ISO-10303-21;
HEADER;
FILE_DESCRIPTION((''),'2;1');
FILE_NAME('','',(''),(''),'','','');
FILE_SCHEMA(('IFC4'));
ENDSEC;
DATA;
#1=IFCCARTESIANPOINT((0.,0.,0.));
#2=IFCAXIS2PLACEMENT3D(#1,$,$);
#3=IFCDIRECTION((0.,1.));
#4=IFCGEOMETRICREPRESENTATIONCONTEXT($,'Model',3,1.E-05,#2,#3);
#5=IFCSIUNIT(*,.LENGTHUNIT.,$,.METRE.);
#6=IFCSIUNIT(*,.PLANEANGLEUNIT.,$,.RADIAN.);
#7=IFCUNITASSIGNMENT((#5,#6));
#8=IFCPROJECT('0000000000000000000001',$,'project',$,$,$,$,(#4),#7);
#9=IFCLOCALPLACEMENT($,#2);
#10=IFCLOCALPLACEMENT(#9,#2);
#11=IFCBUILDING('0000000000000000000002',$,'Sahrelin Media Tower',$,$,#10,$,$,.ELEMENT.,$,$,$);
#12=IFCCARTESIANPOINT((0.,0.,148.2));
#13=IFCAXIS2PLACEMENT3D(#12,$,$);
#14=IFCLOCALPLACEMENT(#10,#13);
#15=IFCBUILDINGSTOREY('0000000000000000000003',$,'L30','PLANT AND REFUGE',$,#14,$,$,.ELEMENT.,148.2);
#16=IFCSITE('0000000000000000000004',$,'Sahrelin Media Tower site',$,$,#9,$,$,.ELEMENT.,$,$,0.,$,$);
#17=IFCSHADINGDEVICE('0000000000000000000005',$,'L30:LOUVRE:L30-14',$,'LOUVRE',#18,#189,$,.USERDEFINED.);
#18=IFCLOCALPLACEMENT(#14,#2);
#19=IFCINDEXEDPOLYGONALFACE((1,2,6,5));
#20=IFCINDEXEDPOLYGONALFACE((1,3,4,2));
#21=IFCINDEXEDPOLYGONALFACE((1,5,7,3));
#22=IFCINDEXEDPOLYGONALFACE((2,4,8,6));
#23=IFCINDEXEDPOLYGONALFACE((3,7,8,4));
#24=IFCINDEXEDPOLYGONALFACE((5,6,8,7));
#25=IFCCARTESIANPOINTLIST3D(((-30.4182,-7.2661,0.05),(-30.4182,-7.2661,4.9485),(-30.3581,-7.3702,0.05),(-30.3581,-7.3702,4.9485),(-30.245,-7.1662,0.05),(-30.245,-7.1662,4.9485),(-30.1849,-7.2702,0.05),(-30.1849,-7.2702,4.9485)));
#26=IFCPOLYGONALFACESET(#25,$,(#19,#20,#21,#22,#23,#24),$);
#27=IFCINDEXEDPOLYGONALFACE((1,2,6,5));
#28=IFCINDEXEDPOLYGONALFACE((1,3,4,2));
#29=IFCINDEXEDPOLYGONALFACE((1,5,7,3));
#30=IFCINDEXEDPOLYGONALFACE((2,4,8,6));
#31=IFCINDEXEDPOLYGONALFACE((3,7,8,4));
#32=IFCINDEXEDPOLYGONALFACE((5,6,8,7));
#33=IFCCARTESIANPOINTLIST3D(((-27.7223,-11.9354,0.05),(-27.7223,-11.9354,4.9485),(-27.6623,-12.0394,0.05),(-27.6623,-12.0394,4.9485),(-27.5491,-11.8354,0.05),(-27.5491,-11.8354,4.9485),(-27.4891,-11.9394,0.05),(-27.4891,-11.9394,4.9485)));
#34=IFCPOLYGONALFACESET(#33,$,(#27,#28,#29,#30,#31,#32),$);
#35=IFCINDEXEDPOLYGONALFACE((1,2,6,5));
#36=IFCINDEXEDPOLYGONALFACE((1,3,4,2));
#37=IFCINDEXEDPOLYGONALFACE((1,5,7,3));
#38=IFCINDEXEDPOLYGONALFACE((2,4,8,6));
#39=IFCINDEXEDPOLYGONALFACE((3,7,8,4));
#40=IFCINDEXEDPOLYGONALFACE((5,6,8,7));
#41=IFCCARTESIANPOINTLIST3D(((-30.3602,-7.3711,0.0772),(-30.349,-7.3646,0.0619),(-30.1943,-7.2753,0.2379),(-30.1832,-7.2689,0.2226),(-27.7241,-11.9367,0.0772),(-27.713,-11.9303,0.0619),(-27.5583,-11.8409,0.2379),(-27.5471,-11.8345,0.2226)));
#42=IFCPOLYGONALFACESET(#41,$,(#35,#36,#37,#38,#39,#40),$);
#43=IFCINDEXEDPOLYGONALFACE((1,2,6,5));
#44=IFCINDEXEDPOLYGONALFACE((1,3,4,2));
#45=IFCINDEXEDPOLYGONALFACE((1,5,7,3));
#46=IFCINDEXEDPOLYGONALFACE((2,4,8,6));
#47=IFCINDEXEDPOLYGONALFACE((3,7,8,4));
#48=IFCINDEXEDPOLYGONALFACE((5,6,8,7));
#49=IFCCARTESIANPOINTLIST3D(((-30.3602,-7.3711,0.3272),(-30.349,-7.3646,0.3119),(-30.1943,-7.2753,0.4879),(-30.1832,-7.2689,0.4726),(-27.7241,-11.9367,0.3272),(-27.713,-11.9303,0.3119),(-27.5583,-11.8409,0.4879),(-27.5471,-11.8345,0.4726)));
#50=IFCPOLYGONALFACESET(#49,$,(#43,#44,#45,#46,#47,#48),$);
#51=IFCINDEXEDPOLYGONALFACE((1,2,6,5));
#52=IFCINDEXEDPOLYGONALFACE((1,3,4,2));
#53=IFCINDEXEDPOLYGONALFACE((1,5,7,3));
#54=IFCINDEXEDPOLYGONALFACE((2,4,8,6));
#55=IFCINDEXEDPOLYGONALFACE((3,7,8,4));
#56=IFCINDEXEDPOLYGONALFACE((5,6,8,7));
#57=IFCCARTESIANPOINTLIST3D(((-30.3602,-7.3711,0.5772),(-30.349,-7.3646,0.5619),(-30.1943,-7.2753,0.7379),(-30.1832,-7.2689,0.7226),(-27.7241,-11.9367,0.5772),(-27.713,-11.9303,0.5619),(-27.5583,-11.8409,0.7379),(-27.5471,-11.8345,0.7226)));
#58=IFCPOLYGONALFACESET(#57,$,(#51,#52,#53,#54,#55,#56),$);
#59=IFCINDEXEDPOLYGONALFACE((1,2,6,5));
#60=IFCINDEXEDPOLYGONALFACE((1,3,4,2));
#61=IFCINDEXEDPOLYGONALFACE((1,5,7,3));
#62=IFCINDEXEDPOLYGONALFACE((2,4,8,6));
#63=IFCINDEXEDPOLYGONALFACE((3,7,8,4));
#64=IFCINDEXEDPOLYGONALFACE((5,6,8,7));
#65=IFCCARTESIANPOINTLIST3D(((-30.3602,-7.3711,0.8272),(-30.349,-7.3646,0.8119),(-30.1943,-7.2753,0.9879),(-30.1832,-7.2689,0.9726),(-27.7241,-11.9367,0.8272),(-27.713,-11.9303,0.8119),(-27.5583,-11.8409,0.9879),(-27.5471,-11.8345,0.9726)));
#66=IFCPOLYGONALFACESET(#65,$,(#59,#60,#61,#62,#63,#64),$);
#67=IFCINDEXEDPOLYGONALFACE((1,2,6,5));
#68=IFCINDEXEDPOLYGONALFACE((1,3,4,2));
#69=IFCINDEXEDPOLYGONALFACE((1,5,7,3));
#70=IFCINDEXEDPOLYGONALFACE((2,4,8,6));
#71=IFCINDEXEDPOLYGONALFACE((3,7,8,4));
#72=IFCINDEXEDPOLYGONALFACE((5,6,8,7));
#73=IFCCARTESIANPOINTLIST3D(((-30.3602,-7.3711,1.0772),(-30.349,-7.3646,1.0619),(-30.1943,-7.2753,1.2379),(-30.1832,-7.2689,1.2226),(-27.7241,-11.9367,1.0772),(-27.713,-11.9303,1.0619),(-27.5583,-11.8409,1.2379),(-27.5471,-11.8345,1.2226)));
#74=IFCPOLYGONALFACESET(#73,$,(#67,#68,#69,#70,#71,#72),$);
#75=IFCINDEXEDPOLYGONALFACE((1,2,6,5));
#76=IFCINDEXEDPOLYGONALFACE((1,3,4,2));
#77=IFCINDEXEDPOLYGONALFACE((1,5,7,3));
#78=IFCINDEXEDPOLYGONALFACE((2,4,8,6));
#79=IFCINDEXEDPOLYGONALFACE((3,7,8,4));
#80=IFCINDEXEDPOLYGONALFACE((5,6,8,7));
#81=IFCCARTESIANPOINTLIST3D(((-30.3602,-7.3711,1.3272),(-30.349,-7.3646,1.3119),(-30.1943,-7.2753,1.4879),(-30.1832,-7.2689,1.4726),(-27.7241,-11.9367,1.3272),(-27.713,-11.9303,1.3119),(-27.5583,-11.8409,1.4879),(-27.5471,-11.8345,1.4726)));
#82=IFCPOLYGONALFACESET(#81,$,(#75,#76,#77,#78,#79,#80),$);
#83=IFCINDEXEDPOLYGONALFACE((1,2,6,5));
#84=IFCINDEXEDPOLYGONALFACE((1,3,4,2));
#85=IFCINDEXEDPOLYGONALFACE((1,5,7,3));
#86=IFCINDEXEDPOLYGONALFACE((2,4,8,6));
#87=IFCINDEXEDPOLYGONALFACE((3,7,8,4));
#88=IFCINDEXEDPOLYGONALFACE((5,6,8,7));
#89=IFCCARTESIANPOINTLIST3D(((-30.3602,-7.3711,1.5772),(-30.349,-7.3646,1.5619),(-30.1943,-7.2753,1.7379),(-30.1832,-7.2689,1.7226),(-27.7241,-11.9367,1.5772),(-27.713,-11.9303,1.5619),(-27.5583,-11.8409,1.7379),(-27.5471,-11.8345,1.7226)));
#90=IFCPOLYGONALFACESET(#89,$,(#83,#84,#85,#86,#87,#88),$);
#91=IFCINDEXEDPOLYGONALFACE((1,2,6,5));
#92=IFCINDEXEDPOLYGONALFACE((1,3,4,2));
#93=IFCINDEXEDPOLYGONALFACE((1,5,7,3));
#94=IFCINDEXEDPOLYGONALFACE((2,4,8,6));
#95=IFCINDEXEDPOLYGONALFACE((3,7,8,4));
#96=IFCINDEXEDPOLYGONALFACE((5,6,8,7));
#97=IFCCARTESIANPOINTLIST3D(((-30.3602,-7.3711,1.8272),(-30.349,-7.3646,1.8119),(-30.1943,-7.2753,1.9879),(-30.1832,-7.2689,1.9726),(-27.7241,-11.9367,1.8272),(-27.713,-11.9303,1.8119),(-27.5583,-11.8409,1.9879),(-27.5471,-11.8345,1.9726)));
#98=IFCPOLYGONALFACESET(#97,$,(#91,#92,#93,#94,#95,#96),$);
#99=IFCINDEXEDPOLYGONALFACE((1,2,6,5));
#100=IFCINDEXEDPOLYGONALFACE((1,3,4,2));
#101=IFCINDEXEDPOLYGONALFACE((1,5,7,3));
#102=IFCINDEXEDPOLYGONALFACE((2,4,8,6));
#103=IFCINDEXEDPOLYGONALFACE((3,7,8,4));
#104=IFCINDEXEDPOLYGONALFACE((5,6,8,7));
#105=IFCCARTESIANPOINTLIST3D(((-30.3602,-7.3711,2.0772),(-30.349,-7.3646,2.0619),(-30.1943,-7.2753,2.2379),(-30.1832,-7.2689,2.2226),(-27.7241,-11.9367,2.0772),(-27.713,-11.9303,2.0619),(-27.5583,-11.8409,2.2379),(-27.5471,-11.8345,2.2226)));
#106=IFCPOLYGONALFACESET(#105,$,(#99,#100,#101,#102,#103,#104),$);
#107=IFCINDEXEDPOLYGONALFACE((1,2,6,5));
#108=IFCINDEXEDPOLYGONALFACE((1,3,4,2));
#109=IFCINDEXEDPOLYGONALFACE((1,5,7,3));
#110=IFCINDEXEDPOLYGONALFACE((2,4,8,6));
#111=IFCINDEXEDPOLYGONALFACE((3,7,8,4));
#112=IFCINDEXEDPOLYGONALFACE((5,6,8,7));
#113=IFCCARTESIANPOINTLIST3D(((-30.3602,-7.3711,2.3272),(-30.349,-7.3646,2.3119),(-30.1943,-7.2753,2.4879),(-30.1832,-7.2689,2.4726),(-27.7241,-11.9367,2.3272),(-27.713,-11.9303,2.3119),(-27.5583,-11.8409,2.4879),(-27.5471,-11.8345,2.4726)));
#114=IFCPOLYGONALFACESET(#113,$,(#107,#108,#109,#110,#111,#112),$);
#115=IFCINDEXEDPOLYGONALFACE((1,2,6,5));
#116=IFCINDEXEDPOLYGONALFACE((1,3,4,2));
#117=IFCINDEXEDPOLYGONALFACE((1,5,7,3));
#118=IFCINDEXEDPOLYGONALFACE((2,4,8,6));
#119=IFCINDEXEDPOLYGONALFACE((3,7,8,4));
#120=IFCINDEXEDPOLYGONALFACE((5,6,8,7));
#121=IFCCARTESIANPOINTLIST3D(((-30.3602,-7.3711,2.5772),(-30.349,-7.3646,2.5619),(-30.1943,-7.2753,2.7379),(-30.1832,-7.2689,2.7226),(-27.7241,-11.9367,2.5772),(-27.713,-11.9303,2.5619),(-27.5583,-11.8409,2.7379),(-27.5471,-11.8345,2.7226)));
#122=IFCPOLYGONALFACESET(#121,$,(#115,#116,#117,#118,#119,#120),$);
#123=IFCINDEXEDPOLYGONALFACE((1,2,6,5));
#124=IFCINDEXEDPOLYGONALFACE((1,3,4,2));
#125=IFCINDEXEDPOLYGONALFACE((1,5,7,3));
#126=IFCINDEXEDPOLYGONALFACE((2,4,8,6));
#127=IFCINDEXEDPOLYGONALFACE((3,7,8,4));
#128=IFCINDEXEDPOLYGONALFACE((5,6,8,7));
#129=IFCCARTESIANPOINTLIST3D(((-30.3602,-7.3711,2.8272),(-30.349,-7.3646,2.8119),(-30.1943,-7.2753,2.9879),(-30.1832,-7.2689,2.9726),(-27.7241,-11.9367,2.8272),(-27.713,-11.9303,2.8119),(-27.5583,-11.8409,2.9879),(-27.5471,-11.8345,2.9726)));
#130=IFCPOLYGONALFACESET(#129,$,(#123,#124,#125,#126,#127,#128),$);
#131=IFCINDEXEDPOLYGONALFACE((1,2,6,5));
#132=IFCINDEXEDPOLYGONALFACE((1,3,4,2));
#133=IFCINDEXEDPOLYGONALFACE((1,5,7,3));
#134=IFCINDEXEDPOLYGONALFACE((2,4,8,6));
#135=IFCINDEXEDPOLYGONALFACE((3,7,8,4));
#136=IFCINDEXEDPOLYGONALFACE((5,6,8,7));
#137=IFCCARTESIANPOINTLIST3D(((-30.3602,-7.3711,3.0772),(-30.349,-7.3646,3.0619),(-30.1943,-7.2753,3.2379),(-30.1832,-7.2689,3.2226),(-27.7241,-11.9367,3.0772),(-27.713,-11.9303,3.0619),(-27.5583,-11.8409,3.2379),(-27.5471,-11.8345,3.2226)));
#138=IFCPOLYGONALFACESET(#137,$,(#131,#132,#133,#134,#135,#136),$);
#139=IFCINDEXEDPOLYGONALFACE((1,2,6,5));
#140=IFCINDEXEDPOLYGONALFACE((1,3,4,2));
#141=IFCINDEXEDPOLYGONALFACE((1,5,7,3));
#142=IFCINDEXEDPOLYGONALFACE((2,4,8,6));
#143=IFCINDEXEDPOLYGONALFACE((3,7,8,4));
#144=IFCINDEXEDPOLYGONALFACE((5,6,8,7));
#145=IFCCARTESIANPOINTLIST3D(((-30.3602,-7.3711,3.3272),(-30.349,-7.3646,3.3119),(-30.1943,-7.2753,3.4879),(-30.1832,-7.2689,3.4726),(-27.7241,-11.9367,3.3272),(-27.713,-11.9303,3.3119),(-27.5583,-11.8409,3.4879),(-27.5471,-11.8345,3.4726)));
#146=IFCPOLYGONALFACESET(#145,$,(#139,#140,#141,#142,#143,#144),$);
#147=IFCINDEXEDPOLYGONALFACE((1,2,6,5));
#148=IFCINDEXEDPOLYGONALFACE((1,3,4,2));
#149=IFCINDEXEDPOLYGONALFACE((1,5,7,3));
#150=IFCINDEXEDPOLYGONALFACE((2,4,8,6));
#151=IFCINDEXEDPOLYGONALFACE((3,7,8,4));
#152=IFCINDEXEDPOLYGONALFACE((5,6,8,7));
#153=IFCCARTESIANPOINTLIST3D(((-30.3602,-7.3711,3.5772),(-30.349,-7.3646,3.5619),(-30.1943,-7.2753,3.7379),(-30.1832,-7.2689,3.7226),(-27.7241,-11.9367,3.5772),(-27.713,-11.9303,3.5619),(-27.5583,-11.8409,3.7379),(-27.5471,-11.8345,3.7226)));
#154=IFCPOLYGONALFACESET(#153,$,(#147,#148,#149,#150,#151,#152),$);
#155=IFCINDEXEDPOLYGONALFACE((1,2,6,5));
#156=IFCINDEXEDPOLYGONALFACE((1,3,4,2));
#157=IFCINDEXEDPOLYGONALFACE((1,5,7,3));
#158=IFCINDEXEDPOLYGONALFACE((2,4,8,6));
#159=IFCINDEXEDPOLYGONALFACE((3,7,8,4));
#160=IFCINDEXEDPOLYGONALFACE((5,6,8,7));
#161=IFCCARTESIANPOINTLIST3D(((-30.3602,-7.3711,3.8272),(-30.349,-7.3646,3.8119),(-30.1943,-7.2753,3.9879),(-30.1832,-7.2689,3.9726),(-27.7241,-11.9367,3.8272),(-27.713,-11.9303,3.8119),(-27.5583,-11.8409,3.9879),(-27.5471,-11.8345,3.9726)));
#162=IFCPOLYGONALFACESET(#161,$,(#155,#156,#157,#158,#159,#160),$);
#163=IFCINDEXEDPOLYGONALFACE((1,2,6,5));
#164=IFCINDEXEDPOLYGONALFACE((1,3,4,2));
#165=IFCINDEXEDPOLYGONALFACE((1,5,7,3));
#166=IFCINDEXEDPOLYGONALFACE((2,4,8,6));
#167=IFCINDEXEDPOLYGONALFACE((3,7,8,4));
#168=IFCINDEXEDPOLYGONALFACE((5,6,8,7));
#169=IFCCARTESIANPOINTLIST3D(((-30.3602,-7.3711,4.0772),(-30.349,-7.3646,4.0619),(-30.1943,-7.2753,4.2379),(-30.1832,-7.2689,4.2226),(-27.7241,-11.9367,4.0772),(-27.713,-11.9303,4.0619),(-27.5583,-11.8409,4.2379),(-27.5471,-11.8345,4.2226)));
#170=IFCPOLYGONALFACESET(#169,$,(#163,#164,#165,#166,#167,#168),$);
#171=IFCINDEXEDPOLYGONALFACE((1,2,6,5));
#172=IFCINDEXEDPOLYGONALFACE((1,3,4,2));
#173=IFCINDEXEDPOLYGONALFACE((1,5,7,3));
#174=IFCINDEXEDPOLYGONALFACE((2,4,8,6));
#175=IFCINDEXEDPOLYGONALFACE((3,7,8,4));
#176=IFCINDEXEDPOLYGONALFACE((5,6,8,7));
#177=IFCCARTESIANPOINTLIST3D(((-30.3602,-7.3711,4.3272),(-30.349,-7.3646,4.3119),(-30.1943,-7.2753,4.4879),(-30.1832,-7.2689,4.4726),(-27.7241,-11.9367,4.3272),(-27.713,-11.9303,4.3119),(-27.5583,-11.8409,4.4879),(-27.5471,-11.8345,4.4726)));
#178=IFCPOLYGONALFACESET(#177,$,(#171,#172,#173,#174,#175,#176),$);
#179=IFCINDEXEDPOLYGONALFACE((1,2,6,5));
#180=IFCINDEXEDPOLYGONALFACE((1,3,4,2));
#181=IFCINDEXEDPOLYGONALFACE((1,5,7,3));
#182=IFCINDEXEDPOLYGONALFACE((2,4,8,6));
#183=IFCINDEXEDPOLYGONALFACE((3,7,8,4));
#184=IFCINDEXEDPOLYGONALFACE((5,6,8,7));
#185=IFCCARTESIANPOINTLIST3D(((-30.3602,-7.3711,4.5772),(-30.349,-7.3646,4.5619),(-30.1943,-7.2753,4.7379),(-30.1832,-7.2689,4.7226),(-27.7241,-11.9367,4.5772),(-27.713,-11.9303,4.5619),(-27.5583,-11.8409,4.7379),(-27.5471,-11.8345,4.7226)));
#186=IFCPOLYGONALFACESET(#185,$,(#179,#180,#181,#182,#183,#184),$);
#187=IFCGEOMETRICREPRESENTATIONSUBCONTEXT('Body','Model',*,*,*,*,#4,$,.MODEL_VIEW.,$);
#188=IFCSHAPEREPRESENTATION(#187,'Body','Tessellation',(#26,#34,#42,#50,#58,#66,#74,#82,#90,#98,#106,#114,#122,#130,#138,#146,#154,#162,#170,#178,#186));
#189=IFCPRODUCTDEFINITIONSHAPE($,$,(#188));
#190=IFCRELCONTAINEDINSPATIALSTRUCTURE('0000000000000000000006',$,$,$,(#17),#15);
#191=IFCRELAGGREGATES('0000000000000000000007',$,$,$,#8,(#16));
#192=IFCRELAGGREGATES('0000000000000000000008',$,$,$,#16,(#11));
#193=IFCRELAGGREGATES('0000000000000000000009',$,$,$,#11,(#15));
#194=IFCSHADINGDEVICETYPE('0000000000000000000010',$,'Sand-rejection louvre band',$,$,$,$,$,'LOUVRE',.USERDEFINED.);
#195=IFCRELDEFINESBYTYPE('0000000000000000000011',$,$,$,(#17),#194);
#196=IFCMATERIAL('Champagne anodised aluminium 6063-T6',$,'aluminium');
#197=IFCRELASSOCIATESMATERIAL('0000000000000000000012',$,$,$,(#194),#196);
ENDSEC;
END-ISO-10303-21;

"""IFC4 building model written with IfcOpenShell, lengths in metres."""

from ifc_helpers import new_model, si_unit, direction, frame, origin, origin_2d, place, context, subcontext, project, spatial, rectangle, extrude, material, type_object, element, save


model = new_model("IFC4")

# Units and contexts
model_context = context("Model", 3, precision=1e-05, world=origin(), true_north=direction((0.0, 1.0)))
body_context = subcontext(model_context, "Body", "Model", "MODEL_VIEW")
ifc_project = project(units=[si_unit("LENGTHUNIT", "METRE"), si_unit("PLANEANGLEUNIT", "RADIAN")], contexts=[model_context])

# Site, building, storey
site_placement = place(None, origin())
site = spatial("IfcSite", under=ifc_project, at=site_placement, Name="Sahrelin Media Tower site", CompositionType="ELEMENT", RefElevation=0.0)
building_placement = place(site_placement, origin())
building = spatial("IfcBuilding", under=site, at=building_placement, Name="Sahrelin Media Tower", CompositionType="ELEMENT")
storey_placement = place(building_placement, frame((0.0, 0.0, 148.2)))
storey = spatial("IfcBuildingStorey", under=building, at=storey_placement, Name="L30", Description="PLANT AND REFUGE", CompositionType="ELEMENT", Elevation=148.2)

# Shading device
ifc_material_1 = material(Name="Champagne anodised aluminium 6063-T6", Category="aluminium")
shading_device_type = type_object("IfcShadingDeviceType", Name="Sand-rejection louvre band", ElementType="LOUVRE", PredefinedType="USERDEFINED", material=ifc_material_1)
shading_device_1_placement = place(storey_placement, frame((-28.8669, -9.5527, 0.0), z_axis=(0.0, 0.0, 1.0), x_axis=(-0.500011, 0.866019, 0.0)))
element("IfcShadingDevice", 1, at=shading_device_1_placement, inside=storey, type_object=shading_device_type, Name="L30:LOUVRE:L30-14", ObjectType="LOUVRE", PredefinedType="USERDEFINED", context=body_context, shape_type="SweptSolid", body=[
    extrude(rectangle(XDim=0.1201, YDim=0.2, at=origin_2d()), frame((2.6958, 0.1001, 0.05), z_axis=(0.0, 0.0, 1.0), x_axis=(1.0, 0.0, 0.0)), (0.0, 0.0, 1.0), 4.8984),
    extrude(rectangle(XDim=0.1201, YDim=0.2, at=origin_2d()), frame((-2.6958, 0.1001, 0.05), z_axis=(0.0, 0.0, 1.0), x_axis=(1.0, 0.0, 0.0)), (0.0, 0.0, 1.0), 4.8984),
    extrude(rectangle(XDim=0.25, YDim=0.02, at=origin_2d()), frame((2.636, 0.1001, 0.1499), z_axis=(-1.0, 0.0, 0.0), x_axis=(0.0, -0.766044, 0.642788)), (0.0, 0.0, 1.0), 5.272),
    extrude(rectangle(XDim=0.25, YDim=0.02, at=origin_2d()), frame((2.636, 0.1001, 0.3999), z_axis=(-1.0, 0.0, 0.0), x_axis=(0.0, -0.766044, 0.642788)), (0.0, 0.0, 1.0), 5.272),
    extrude(rectangle(XDim=0.25, YDim=0.02, at=origin_2d()), frame((2.636, 0.1001, 0.6499), z_axis=(-1.0, 0.0, 0.0), x_axis=(0.0, -0.766044, 0.642788)), (0.0, 0.0, 1.0), 5.272),
    extrude(rectangle(XDim=0.25, YDim=0.02, at=origin_2d()), frame((2.636, 0.1001, 0.8999), z_axis=(-1.0, 0.0, 0.0), x_axis=(0.0, -0.766044, 0.642788)), (0.0, 0.0, 1.0), 5.272),
    extrude(rectangle(XDim=0.25, YDim=0.02, at=origin_2d()), frame((2.636, 0.1001, 1.1499), z_axis=(-1.0, 0.0, 0.0), x_axis=(0.0, -0.766044, 0.642788)), (0.0, 0.0, 1.0), 5.272),
    extrude(rectangle(XDim=0.25, YDim=0.02, at=origin_2d()), frame((2.636, 0.1001, 1.3999), z_axis=(-1.0, 0.0, 0.0), x_axis=(0.0, -0.766044, 0.642788)), (0.0, 0.0, 1.0), 5.272),
    extrude(rectangle(XDim=0.25, YDim=0.02, at=origin_2d()), frame((2.636, 0.1001, 1.6499), z_axis=(-1.0, 0.0, 0.0), x_axis=(0.0, -0.766044, 0.642788)), (0.0, 0.0, 1.0), 5.272),
    extrude(rectangle(XDim=0.25, YDim=0.02, at=origin_2d()), frame((2.636, 0.1001, 1.8999), z_axis=(-1.0, 0.0, 0.0), x_axis=(0.0, -0.766044, 0.642788)), (0.0, 0.0, 1.0), 5.272),
    extrude(rectangle(XDim=0.25, YDim=0.02, at=origin_2d()), frame((2.636, 0.1001, 2.1499), z_axis=(-1.0, 0.0, 0.0), x_axis=(0.0, -0.766044, 0.642788)), (0.0, 0.0, 1.0), 5.272),
    extrude(rectangle(XDim=0.25, YDim=0.02, at=origin_2d()), frame((2.636, 0.1001, 2.3999), z_axis=(-1.0, 0.0, 0.0), x_axis=(0.0, -0.766044, 0.642788)), (0.0, 0.0, 1.0), 5.272),
    extrude(rectangle(XDim=0.25, YDim=0.02, at=origin_2d()), frame((2.636, 0.1001, 2.6499), z_axis=(-1.0, 0.0, 0.0), x_axis=(0.0, -0.766044, 0.642788)), (0.0, 0.0, 1.0), 5.272),
    extrude(rectangle(XDim=0.25, YDim=0.02, at=origin_2d()), frame((2.636, 0.1001, 2.8999), z_axis=(-1.0, 0.0, 0.0), x_axis=(0.0, -0.766044, 0.642788)), (0.0, 0.0, 1.0), 5.272),
    extrude(rectangle(XDim=0.25, YDim=0.02, at=origin_2d()), frame((2.636, 0.1001, 3.1499), z_axis=(-1.0, 0.0, 0.0), x_axis=(0.0, -0.766044, 0.642788)), (0.0, 0.0, 1.0), 5.272),
    extrude(rectangle(XDim=0.25, YDim=0.02, at=origin_2d()), frame((2.636, 0.1001, 3.3999), z_axis=(-1.0, 0.0, 0.0), x_axis=(0.0, -0.766044, 0.642788)), (0.0, 0.0, 1.0), 5.272),
    extrude(rectangle(XDim=0.25, YDim=0.02, at=origin_2d()), frame((2.636, 0.1001, 3.6499), z_axis=(-1.0, 0.0, 0.0), x_axis=(0.0, -0.766044, 0.642788)), (0.0, 0.0, 1.0), 5.272),
    extrude(rectangle(XDim=0.25, YDim=0.02, at=origin_2d()), frame((2.636, 0.1001, 3.8999), z_axis=(-1.0, 0.0, 0.0), x_axis=(0.0, -0.766044, 0.642788)), (0.0, 0.0, 1.0), 5.272),
    extrude(rectangle(XDim=0.25, YDim=0.02, at=origin_2d()), frame((2.636, 0.1001, 4.1499), z_axis=(-1.0, 0.0, 0.0), x_axis=(0.0, -0.766044, 0.642788)), (0.0, 0.0, 1.0), 5.272),
    extrude(rectangle(XDim=0.25, YDim=0.02, at=origin_2d()), frame((2.636, 0.1001, 4.3999), z_axis=(-1.0, 0.0, 0.0), x_axis=(0.0, -0.766044, 0.642788)), (0.0, 0.0, 1.0), 5.272),
    extrude(rectangle(XDim=0.25, YDim=0.02, at=origin_2d()), frame((2.636, 0.1001, 4.6499), z_axis=(-1.0, 0.0, 0.0), x_axis=(0.0, -0.766044, 0.642788)), (0.0, 0.0, 1.0), 5.272),
])

save(model, "model.ifc")
